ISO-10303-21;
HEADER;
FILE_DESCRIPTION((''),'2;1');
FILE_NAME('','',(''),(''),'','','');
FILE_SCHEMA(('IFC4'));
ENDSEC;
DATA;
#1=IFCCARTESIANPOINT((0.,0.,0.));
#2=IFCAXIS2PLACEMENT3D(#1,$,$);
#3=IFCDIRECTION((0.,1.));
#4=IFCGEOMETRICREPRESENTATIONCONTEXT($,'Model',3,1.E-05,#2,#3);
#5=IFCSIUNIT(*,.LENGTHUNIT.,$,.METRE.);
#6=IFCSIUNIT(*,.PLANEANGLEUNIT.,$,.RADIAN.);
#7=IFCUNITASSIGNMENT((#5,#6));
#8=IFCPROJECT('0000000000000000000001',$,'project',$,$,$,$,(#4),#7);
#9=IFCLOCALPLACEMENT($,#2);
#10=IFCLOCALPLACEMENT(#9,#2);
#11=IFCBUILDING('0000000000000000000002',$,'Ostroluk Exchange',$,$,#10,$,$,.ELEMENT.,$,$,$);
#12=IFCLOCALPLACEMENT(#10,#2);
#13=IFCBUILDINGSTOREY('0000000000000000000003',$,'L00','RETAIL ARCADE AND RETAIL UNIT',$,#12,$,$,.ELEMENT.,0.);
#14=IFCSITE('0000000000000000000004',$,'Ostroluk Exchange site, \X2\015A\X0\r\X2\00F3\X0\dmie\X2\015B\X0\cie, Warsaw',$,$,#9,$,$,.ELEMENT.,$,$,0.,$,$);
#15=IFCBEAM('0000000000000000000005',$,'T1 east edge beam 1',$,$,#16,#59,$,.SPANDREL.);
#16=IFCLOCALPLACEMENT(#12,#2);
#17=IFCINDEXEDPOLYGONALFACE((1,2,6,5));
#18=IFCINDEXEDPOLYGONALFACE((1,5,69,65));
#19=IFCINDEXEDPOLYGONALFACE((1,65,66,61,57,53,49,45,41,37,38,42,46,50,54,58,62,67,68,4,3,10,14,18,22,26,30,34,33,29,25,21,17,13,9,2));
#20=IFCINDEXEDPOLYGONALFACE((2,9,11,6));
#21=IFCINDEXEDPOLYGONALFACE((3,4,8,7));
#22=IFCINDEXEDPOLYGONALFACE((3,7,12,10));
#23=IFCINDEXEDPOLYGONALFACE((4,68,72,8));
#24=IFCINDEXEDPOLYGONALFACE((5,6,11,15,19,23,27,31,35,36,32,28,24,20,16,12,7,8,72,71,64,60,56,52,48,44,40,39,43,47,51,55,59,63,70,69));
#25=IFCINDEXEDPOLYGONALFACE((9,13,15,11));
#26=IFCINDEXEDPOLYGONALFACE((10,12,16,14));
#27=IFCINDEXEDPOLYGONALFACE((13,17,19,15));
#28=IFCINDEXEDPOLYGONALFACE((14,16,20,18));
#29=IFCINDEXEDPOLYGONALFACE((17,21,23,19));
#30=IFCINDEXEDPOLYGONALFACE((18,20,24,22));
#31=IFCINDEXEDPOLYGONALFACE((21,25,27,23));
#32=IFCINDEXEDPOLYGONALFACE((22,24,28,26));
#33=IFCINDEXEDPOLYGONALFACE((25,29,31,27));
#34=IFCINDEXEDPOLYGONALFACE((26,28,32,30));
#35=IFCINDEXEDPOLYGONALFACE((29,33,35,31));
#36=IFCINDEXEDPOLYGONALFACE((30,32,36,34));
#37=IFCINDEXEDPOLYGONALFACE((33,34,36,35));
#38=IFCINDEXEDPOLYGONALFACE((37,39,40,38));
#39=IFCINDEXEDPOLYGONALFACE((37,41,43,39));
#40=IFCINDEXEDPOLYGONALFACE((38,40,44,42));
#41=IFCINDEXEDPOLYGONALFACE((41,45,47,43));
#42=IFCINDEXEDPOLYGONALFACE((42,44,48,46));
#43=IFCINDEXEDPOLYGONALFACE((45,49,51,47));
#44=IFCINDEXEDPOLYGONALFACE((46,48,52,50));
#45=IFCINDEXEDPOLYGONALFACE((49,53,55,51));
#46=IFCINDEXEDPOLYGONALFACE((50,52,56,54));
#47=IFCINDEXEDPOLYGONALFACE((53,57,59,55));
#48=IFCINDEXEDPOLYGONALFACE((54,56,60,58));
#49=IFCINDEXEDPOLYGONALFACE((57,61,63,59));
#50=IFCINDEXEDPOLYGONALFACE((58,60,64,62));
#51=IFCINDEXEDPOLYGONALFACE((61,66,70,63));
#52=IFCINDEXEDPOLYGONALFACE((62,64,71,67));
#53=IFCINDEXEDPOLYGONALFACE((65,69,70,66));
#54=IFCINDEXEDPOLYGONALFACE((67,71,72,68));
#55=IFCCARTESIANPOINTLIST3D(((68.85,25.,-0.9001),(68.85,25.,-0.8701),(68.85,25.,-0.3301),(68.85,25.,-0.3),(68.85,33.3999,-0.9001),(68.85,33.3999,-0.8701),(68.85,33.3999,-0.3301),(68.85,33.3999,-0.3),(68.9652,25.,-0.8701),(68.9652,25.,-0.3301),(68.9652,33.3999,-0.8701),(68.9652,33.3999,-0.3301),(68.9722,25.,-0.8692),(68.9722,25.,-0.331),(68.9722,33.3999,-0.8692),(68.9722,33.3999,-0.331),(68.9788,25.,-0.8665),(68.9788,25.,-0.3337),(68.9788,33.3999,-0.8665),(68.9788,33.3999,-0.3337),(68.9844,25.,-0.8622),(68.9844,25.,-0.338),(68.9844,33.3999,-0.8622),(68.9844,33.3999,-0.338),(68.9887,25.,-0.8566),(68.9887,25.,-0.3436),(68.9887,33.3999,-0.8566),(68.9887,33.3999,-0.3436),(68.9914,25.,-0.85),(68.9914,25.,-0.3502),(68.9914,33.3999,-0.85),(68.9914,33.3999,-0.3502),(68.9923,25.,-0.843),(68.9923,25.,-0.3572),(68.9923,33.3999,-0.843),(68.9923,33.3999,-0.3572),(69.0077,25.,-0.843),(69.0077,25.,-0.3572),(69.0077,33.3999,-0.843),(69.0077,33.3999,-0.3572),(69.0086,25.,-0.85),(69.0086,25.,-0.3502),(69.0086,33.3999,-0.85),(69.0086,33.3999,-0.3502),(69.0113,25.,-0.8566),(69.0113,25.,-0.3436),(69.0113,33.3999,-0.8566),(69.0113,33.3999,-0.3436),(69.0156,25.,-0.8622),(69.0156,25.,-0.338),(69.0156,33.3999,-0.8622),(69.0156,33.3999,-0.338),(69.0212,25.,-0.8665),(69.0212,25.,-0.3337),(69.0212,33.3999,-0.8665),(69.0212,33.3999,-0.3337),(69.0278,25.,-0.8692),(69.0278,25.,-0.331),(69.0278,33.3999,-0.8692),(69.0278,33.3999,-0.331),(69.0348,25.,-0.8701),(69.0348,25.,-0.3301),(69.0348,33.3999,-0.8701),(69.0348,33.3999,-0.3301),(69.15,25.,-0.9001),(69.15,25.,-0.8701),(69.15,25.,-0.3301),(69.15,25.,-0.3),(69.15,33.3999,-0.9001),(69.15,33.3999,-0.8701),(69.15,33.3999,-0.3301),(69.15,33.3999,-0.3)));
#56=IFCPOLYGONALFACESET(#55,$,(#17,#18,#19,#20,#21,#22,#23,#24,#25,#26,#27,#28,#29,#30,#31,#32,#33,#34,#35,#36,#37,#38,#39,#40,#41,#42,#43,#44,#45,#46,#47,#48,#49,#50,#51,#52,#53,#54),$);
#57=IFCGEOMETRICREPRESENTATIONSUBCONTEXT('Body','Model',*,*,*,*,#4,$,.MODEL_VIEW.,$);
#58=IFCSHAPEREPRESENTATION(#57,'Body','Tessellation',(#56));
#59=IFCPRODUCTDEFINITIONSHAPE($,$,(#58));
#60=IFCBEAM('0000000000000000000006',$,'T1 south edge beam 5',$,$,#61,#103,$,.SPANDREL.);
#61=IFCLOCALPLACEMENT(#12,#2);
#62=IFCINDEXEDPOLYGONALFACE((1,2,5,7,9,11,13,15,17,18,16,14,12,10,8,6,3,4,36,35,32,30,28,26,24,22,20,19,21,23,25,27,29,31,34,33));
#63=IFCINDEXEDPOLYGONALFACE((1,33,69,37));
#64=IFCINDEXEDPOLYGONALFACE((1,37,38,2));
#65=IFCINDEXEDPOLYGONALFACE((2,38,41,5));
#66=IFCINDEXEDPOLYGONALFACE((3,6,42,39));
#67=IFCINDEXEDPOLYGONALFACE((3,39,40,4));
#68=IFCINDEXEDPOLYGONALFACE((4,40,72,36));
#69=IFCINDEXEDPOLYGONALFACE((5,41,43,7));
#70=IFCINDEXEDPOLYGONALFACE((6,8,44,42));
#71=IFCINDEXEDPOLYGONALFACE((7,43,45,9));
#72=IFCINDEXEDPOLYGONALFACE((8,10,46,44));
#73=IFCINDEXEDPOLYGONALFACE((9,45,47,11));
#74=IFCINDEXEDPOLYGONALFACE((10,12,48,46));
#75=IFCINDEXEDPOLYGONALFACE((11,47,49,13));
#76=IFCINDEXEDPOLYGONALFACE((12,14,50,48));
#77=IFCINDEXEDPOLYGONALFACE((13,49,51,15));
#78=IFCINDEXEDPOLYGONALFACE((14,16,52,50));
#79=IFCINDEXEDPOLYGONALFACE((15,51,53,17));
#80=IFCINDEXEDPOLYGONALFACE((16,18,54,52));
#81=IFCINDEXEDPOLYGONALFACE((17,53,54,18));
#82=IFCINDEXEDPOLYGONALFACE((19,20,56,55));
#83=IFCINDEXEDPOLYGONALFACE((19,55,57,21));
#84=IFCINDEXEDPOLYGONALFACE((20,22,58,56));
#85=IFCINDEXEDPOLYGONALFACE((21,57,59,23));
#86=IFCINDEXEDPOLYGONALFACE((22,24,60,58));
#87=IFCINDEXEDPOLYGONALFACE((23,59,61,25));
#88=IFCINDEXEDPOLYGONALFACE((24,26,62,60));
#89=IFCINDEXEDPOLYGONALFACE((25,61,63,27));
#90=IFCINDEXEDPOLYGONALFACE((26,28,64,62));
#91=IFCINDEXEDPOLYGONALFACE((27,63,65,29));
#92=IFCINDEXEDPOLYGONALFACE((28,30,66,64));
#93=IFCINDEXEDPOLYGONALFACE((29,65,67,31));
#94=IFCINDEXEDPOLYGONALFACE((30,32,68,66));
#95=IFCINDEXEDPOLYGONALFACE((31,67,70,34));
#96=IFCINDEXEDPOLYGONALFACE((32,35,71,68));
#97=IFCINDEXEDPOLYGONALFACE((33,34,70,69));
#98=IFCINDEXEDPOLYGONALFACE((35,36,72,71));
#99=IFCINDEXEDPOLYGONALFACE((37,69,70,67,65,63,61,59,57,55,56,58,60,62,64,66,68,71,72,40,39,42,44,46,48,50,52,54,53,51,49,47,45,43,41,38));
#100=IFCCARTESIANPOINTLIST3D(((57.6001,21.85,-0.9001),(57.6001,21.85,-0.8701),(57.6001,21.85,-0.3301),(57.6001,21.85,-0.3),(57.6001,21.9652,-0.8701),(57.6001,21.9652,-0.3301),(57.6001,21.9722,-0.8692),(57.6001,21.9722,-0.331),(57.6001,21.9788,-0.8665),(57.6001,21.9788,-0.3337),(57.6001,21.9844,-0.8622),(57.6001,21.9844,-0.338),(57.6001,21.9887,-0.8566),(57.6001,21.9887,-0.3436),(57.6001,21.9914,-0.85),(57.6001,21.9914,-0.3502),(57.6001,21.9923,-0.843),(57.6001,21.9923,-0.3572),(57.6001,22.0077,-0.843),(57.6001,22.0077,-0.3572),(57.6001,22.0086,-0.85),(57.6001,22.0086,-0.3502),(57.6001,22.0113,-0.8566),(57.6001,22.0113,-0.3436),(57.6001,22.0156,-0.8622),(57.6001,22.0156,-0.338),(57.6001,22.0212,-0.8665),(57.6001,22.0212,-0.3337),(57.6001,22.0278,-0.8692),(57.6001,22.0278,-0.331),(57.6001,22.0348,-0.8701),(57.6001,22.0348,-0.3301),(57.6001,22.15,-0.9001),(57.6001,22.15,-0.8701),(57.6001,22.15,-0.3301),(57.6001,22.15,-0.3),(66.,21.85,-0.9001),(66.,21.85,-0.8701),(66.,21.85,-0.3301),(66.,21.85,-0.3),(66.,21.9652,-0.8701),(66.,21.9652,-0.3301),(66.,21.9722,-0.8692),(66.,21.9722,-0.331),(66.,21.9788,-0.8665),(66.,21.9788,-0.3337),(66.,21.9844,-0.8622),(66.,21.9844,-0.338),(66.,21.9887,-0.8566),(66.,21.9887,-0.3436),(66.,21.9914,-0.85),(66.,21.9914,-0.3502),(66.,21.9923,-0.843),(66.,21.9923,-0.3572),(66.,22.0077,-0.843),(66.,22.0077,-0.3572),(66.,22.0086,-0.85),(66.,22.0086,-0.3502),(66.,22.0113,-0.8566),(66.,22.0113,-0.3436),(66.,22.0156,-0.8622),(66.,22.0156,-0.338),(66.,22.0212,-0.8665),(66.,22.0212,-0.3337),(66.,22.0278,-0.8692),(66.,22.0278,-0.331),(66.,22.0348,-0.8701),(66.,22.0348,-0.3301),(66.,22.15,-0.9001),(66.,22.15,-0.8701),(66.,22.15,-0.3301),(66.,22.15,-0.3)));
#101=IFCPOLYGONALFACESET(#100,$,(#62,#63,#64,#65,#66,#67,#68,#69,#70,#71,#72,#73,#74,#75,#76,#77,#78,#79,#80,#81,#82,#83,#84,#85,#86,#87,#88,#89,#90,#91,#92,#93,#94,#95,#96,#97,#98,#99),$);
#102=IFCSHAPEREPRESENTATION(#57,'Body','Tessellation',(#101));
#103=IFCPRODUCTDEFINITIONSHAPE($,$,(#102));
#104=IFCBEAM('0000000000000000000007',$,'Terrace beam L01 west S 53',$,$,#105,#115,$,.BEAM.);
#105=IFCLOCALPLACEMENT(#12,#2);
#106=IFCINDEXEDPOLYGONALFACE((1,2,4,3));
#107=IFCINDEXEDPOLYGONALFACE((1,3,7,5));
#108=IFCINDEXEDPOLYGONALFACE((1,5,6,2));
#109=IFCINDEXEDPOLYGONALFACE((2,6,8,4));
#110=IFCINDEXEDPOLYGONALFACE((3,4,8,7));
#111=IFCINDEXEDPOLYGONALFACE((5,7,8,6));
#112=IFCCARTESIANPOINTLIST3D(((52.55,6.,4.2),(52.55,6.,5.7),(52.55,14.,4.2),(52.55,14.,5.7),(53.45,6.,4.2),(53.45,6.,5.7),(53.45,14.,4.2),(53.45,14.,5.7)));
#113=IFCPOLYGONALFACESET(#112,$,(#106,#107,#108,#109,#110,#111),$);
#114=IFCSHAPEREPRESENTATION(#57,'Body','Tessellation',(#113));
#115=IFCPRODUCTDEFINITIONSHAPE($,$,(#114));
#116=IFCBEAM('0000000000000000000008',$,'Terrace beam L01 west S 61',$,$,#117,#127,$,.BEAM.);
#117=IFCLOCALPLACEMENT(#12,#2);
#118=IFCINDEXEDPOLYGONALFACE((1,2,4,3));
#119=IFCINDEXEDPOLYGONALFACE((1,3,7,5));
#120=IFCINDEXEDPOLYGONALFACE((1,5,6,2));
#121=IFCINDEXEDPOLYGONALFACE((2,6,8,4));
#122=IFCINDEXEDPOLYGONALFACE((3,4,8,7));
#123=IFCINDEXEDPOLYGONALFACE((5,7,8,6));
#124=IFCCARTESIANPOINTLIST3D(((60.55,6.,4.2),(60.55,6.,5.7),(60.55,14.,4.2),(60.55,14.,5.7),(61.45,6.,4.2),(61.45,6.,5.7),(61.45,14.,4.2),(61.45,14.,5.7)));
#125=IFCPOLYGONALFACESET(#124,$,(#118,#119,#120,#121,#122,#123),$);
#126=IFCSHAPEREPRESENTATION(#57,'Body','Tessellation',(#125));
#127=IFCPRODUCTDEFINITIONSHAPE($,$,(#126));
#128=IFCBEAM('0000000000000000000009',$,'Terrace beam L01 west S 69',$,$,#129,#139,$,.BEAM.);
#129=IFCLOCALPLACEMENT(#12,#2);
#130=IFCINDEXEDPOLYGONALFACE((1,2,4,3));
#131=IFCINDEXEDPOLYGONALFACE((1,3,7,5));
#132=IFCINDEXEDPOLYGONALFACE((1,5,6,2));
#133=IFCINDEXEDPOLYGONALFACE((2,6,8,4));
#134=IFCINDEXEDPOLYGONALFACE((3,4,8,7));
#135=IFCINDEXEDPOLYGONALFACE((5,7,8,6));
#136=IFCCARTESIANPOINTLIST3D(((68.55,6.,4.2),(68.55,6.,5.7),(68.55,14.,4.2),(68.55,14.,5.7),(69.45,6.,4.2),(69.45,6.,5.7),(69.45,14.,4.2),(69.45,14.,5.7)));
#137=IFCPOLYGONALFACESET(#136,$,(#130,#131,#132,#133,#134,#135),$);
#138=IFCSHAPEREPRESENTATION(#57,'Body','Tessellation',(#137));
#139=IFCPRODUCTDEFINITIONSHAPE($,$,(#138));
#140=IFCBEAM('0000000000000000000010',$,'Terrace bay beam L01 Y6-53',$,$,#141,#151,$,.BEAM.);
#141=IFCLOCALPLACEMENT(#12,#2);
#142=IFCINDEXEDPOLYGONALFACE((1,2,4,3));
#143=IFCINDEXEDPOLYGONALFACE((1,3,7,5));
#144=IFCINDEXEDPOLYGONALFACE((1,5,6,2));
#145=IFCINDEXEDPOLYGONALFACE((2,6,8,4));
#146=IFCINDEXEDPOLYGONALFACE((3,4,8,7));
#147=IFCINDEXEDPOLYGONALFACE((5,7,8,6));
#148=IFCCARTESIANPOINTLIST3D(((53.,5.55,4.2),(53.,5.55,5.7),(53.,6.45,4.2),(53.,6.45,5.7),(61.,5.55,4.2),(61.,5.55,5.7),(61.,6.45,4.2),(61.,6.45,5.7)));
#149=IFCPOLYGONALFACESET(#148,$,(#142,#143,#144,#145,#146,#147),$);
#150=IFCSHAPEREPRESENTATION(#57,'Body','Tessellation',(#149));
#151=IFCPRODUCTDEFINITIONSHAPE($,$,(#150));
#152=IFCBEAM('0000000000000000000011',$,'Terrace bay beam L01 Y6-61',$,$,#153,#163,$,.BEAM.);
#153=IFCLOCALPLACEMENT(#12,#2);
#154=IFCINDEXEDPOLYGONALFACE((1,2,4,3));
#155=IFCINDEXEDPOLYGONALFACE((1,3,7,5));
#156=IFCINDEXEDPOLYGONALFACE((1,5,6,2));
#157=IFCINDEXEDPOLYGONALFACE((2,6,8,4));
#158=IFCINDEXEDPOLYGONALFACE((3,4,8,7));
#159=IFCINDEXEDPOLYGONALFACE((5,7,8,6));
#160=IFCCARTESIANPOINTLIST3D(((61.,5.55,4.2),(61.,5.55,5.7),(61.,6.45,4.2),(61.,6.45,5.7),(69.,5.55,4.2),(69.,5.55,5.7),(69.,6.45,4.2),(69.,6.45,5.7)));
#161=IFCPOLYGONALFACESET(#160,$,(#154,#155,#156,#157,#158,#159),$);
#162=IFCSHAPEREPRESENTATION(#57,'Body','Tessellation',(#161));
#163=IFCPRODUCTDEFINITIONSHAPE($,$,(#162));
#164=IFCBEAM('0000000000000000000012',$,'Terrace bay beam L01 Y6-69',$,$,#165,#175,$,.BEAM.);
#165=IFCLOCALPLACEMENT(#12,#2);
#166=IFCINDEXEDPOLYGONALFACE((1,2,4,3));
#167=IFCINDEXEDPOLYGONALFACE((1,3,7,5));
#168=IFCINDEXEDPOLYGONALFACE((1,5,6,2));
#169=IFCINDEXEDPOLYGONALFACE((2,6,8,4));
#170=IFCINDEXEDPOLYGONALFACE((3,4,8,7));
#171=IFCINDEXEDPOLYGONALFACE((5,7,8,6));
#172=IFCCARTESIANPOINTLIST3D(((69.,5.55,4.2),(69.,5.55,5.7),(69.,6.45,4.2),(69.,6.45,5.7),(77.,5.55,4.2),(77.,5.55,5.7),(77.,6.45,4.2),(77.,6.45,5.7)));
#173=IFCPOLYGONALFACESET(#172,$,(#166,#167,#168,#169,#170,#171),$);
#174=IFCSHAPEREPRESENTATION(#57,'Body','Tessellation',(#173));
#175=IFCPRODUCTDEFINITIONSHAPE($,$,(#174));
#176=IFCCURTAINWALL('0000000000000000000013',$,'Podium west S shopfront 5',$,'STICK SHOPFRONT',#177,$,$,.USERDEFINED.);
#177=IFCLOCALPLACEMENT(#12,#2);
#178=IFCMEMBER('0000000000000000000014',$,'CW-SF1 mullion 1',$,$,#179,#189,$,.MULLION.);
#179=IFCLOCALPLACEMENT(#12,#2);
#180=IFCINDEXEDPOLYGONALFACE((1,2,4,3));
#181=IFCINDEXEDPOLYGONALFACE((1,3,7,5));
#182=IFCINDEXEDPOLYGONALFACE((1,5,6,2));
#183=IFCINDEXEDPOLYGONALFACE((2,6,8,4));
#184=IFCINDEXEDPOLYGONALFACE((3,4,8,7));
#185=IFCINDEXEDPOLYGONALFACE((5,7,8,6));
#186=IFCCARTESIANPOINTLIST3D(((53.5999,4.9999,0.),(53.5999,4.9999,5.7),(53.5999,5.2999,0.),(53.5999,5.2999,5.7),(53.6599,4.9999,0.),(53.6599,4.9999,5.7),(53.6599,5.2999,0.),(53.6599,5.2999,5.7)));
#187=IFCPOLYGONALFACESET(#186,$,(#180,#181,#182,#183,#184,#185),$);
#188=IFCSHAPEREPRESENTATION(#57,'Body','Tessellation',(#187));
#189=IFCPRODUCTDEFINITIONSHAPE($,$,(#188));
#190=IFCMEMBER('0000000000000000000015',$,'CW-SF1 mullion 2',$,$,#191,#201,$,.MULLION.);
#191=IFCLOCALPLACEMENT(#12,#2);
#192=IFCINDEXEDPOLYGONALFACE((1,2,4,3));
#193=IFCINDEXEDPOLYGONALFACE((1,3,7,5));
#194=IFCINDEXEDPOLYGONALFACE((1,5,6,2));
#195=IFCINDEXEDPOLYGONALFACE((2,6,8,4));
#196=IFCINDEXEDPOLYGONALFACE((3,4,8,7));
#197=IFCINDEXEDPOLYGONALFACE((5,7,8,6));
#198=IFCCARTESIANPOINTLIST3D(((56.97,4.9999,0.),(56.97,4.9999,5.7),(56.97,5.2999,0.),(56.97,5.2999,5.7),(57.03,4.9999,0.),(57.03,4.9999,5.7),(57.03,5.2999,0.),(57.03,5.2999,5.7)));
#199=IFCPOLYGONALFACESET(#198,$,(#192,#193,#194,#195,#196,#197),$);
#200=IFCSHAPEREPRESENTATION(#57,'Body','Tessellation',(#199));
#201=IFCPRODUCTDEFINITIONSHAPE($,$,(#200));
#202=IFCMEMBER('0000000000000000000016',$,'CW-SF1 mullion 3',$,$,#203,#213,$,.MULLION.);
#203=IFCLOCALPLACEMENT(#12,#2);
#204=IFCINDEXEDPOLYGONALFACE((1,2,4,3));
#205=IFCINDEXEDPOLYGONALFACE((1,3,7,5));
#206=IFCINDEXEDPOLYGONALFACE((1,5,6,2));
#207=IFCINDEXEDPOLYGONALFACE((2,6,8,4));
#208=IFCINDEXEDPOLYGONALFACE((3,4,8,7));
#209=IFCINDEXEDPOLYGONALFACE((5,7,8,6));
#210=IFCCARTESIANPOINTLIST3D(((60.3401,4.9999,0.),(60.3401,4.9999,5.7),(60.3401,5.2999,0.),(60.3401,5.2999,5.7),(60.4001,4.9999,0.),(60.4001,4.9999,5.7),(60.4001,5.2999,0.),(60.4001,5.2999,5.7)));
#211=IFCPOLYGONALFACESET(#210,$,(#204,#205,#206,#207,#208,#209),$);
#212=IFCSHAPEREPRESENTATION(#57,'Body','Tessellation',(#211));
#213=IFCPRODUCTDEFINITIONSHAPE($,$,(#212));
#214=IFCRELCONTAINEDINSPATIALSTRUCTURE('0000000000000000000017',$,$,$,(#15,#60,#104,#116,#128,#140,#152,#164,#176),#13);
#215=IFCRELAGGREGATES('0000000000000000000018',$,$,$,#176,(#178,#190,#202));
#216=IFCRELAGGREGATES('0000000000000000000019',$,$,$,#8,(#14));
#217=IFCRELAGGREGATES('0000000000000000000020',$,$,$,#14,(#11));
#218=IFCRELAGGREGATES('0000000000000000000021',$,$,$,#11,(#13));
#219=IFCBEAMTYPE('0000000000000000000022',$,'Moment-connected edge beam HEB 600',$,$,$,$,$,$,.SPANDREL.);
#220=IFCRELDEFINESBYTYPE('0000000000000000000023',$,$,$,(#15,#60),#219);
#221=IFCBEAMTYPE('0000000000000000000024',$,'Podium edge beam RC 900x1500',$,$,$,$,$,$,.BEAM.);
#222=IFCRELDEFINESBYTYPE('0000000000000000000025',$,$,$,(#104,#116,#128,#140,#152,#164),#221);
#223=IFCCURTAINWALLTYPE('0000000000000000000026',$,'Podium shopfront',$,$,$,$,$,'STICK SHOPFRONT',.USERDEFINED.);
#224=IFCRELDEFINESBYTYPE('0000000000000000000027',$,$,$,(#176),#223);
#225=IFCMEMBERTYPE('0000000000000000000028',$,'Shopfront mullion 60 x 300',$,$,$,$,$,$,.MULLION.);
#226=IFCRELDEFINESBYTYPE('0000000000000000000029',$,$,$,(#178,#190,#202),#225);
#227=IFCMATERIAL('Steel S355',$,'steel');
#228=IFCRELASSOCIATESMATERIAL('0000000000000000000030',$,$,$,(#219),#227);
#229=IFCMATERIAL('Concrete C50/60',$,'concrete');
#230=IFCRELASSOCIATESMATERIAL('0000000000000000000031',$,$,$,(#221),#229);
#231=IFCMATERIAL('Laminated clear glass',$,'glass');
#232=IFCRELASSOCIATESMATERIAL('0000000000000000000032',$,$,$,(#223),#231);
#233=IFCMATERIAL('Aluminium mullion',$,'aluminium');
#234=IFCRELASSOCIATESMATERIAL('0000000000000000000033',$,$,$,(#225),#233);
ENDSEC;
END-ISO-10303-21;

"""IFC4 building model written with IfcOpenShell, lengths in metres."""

from ifc_helpers import new_model, si_unit, direction, frame, origin, origin_2d, place, context, subcontext, project, spatial, rectangle, i_section, extrude, material, material_profile, profile_set, type_object, element, aggregate, save


model = new_model("IFC4")

# Units and contexts
model_context = context("Model", 3, precision=1e-05, world=origin(), true_north=direction((0.0, 1.0)))
body_context = subcontext(model_context, "Body", "Model", "MODEL_VIEW")
ifc_project = project(units=[si_unit("LENGTHUNIT", "METRE"), si_unit("PLANEANGLEUNIT", "RADIAN")], contexts=[model_context])

# Site, building, storey
site_placement = place(None, origin())
site = spatial("IfcSite", under=ifc_project, at=site_placement, Name="Ostroluk Exchange site, Śródmieście, Warsaw", CompositionType="ELEMENT", RefElevation=0.0)
building_placement = place(site_placement, origin())
building = spatial("IfcBuilding", under=site, at=building_placement, Name="Ostroluk Exchange", CompositionType="ELEMENT")
storey_placement = place(building_placement, origin())
storey = spatial("IfcBuildingStorey", under=building, at=storey_placement, Name="L00", Description="RETAIL ARCADE AND RETAIL UNIT", CompositionType="ELEMENT", Elevation=0.0)

# Beams
ifc_material_1 = material(Name="Steel S355", Category="steel")
ifc_material_profile_1 = material_profile(ifc_material_1, i_section(OverallWidth=0.3, OverallDepth=0.6001, WebThickness=0.0154, FlangeThickness=0.03, FilletRadius=0.0271, at=origin_2d()), Name="HEB 600")
ifc_profile_set_1 = profile_set([ifc_material_profile_1], Name="Steel S355")
beam_type_1 = type_object("IfcBeamType", Name="Moment-connected edge beam HEB 600", PredefinedType="SPANDREL", material=ifc_profile_set_1)
for number, where, z_axis, x_axis, name in (
    (1, (69.0, 25.0, -0.6001), (0.0, 1.0, 0.0), (-1.0, 0.0, 0.0), "T1 east edge beam 1"),
    (2, (57.6001, 22.0, -0.6001), (1.0, 0.0, 0.0), (0.0, 1.0, 0.0), "T1 south edge beam 5"),
):
    element("IfcBeam", number, at=place(storey_placement, frame(where, z_axis=z_axis, x_axis=x_axis)), inside=storey, type_object=beam_type_1, Name=name, PredefinedType="SPANDREL", context=body_context, shape_type="SweptSolid", body=[
        extrude(i_section(OverallWidth=0.3, OverallDepth=0.6001, WebThickness=0.0154, FlangeThickness=0.03, FilletRadius=0.0271, at=origin_2d()), origin(), (0.0, 0.0, 1.0), 8.3999),
    ])
ifc_material_2 = material(Name="Concrete C50/60", Category="concrete")
ifc_material_profile_2 = material_profile(ifc_material_2, rectangle(XDim=0.8999, YDim=1.5, at=origin_2d()), Name="RC 900x1500")
ifc_profile_set_2 = profile_set([ifc_material_profile_2], Name="Concrete C50/60")
beam_type_2 = type_object("IfcBeamType", Name="Podium edge beam RC 900x1500", PredefinedType="BEAM", material=ifc_profile_set_2)
for number, where, z_axis, x_axis, name in (
    (3, (53.0, 6.0, 4.95), (0.0, 1.0, 0.0), (-1.0, 0.0, 0.0), "Terrace beam L01 west S 53"),
    (4, (61.0, 6.0, 4.95), (0.0, 1.0, 0.0), (-1.0, 0.0, 0.0), "Terrace beam L01 west S 61"),
    (5, (69.0, 6.0, 4.95), (0.0, 1.0, 0.0), (-1.0, 0.0, 0.0), "Terrace beam L01 west S 69"),
    (6, (53.0, 6.0, 4.95), (1.0, 0.0, 0.0), (0.0, 1.0, 0.0), "Terrace bay beam L01 Y6-53"),
    (7, (61.0, 6.0, 4.95), (1.0, 0.0, 0.0), (0.0, 1.0, 0.0), "Terrace bay beam L01 Y6-61"),
    (8, (69.0, 6.0, 4.95), (1.0, 0.0, 0.0), (0.0, 1.0, 0.0), "Terrace bay beam L01 Y6-69"),
):
    element("IfcBeam", number, at=place(storey_placement, frame(where, z_axis=z_axis, x_axis=x_axis)), inside=storey, type_object=beam_type_2, Name=name, PredefinedType="BEAM", context=body_context, shape_type="SweptSolid", body=[
        extrude(rectangle(XDim=0.8999, YDim=1.5, at=origin_2d()), origin(), (0.0, 0.0, 1.0), 8.0),
    ])

# Curtain wall, members
ifc_material_3 = material(Name="Laminated clear glass", Category="glass")
curtain_wall_type = type_object("IfcCurtainWallType", Name="Podium shopfront", ElementType="STICK SHOPFRONT", PredefinedType="USERDEFINED", material=ifc_material_3)
curtain_wall_1_placement = place(storey_placement, origin())
curtain_wall_1 = element("IfcCurtainWall", 9, at=curtain_wall_1_placement, inside=storey, type_object=curtain_wall_type, Name="Podium west S shopfront 5", ObjectType="STICK SHOPFRONT", PredefinedType="USERDEFINED")
ifc_material_4 = material(Name="Aluminium mullion", Category="aluminium")
ifc_material_profile_3 = material_profile(ifc_material_4, rectangle(XDim=0.3, YDim=0.0601, at=origin_2d()), Name="Shopfront mullion 60 x 300")
ifc_profile_set_3 = profile_set([ifc_material_profile_3], Name="Aluminium mullion")
member_type_1 = type_object("IfcMemberType", Name="Shopfront mullion 60 x 300", PredefinedType="MULLION", material=ifc_profile_set_3)
member_1_placement = place(storey_placement, frame((53.6299, 5.1499, 0.0), z_axis=(0.0, 0.0, 1.0), x_axis=(0.0, 1.0, 0.0)))
member_1 = element("IfcMember", 10, at=member_1_placement, type_object=member_type_1, Name="CW-SF1 mullion 1", PredefinedType="MULLION", context=body_context, shape_type="SweptSolid", body=[
    extrude(rectangle(XDim=0.3, YDim=0.0601, at=origin_2d()), origin(), (0.0, 0.0, 1.0), 5.7),
])
member_2_placement = place(storey_placement, frame((57.0, 5.1499, 0.0), z_axis=(0.0, 0.0, 1.0), x_axis=(0.0, 1.0, 0.0)))
member_2 = element("IfcMember", 11, at=member_2_placement, type_object=member_type_1, Name="CW-SF1 mullion 2", PredefinedType="MULLION", context=body_context, shape_type="SweptSolid", body=[
    extrude(rectangle(XDim=0.3, YDim=0.0601, at=origin_2d()), origin(), (0.0, 0.0, 1.0), 5.7),
])
member_3_placement = place(storey_placement, frame((60.3701, 5.1499, 0.0), z_axis=(0.0, 0.0, 1.0), x_axis=(0.0, 1.0, 0.0)))
member_3 = element("IfcMember", 12, at=member_3_placement, type_object=member_type_1, Name="CW-SF1 mullion 3", PredefinedType="MULLION", context=body_context, shape_type="SweptSolid", body=[
    extrude(rectangle(XDim=0.3, YDim=0.0601, at=origin_2d()), origin(), (0.0, 0.0, 1.0), 5.7),
])

aggregate(curtain_wall_1, [member_1, member_2, member_3])

save(model, "model.ifc")
